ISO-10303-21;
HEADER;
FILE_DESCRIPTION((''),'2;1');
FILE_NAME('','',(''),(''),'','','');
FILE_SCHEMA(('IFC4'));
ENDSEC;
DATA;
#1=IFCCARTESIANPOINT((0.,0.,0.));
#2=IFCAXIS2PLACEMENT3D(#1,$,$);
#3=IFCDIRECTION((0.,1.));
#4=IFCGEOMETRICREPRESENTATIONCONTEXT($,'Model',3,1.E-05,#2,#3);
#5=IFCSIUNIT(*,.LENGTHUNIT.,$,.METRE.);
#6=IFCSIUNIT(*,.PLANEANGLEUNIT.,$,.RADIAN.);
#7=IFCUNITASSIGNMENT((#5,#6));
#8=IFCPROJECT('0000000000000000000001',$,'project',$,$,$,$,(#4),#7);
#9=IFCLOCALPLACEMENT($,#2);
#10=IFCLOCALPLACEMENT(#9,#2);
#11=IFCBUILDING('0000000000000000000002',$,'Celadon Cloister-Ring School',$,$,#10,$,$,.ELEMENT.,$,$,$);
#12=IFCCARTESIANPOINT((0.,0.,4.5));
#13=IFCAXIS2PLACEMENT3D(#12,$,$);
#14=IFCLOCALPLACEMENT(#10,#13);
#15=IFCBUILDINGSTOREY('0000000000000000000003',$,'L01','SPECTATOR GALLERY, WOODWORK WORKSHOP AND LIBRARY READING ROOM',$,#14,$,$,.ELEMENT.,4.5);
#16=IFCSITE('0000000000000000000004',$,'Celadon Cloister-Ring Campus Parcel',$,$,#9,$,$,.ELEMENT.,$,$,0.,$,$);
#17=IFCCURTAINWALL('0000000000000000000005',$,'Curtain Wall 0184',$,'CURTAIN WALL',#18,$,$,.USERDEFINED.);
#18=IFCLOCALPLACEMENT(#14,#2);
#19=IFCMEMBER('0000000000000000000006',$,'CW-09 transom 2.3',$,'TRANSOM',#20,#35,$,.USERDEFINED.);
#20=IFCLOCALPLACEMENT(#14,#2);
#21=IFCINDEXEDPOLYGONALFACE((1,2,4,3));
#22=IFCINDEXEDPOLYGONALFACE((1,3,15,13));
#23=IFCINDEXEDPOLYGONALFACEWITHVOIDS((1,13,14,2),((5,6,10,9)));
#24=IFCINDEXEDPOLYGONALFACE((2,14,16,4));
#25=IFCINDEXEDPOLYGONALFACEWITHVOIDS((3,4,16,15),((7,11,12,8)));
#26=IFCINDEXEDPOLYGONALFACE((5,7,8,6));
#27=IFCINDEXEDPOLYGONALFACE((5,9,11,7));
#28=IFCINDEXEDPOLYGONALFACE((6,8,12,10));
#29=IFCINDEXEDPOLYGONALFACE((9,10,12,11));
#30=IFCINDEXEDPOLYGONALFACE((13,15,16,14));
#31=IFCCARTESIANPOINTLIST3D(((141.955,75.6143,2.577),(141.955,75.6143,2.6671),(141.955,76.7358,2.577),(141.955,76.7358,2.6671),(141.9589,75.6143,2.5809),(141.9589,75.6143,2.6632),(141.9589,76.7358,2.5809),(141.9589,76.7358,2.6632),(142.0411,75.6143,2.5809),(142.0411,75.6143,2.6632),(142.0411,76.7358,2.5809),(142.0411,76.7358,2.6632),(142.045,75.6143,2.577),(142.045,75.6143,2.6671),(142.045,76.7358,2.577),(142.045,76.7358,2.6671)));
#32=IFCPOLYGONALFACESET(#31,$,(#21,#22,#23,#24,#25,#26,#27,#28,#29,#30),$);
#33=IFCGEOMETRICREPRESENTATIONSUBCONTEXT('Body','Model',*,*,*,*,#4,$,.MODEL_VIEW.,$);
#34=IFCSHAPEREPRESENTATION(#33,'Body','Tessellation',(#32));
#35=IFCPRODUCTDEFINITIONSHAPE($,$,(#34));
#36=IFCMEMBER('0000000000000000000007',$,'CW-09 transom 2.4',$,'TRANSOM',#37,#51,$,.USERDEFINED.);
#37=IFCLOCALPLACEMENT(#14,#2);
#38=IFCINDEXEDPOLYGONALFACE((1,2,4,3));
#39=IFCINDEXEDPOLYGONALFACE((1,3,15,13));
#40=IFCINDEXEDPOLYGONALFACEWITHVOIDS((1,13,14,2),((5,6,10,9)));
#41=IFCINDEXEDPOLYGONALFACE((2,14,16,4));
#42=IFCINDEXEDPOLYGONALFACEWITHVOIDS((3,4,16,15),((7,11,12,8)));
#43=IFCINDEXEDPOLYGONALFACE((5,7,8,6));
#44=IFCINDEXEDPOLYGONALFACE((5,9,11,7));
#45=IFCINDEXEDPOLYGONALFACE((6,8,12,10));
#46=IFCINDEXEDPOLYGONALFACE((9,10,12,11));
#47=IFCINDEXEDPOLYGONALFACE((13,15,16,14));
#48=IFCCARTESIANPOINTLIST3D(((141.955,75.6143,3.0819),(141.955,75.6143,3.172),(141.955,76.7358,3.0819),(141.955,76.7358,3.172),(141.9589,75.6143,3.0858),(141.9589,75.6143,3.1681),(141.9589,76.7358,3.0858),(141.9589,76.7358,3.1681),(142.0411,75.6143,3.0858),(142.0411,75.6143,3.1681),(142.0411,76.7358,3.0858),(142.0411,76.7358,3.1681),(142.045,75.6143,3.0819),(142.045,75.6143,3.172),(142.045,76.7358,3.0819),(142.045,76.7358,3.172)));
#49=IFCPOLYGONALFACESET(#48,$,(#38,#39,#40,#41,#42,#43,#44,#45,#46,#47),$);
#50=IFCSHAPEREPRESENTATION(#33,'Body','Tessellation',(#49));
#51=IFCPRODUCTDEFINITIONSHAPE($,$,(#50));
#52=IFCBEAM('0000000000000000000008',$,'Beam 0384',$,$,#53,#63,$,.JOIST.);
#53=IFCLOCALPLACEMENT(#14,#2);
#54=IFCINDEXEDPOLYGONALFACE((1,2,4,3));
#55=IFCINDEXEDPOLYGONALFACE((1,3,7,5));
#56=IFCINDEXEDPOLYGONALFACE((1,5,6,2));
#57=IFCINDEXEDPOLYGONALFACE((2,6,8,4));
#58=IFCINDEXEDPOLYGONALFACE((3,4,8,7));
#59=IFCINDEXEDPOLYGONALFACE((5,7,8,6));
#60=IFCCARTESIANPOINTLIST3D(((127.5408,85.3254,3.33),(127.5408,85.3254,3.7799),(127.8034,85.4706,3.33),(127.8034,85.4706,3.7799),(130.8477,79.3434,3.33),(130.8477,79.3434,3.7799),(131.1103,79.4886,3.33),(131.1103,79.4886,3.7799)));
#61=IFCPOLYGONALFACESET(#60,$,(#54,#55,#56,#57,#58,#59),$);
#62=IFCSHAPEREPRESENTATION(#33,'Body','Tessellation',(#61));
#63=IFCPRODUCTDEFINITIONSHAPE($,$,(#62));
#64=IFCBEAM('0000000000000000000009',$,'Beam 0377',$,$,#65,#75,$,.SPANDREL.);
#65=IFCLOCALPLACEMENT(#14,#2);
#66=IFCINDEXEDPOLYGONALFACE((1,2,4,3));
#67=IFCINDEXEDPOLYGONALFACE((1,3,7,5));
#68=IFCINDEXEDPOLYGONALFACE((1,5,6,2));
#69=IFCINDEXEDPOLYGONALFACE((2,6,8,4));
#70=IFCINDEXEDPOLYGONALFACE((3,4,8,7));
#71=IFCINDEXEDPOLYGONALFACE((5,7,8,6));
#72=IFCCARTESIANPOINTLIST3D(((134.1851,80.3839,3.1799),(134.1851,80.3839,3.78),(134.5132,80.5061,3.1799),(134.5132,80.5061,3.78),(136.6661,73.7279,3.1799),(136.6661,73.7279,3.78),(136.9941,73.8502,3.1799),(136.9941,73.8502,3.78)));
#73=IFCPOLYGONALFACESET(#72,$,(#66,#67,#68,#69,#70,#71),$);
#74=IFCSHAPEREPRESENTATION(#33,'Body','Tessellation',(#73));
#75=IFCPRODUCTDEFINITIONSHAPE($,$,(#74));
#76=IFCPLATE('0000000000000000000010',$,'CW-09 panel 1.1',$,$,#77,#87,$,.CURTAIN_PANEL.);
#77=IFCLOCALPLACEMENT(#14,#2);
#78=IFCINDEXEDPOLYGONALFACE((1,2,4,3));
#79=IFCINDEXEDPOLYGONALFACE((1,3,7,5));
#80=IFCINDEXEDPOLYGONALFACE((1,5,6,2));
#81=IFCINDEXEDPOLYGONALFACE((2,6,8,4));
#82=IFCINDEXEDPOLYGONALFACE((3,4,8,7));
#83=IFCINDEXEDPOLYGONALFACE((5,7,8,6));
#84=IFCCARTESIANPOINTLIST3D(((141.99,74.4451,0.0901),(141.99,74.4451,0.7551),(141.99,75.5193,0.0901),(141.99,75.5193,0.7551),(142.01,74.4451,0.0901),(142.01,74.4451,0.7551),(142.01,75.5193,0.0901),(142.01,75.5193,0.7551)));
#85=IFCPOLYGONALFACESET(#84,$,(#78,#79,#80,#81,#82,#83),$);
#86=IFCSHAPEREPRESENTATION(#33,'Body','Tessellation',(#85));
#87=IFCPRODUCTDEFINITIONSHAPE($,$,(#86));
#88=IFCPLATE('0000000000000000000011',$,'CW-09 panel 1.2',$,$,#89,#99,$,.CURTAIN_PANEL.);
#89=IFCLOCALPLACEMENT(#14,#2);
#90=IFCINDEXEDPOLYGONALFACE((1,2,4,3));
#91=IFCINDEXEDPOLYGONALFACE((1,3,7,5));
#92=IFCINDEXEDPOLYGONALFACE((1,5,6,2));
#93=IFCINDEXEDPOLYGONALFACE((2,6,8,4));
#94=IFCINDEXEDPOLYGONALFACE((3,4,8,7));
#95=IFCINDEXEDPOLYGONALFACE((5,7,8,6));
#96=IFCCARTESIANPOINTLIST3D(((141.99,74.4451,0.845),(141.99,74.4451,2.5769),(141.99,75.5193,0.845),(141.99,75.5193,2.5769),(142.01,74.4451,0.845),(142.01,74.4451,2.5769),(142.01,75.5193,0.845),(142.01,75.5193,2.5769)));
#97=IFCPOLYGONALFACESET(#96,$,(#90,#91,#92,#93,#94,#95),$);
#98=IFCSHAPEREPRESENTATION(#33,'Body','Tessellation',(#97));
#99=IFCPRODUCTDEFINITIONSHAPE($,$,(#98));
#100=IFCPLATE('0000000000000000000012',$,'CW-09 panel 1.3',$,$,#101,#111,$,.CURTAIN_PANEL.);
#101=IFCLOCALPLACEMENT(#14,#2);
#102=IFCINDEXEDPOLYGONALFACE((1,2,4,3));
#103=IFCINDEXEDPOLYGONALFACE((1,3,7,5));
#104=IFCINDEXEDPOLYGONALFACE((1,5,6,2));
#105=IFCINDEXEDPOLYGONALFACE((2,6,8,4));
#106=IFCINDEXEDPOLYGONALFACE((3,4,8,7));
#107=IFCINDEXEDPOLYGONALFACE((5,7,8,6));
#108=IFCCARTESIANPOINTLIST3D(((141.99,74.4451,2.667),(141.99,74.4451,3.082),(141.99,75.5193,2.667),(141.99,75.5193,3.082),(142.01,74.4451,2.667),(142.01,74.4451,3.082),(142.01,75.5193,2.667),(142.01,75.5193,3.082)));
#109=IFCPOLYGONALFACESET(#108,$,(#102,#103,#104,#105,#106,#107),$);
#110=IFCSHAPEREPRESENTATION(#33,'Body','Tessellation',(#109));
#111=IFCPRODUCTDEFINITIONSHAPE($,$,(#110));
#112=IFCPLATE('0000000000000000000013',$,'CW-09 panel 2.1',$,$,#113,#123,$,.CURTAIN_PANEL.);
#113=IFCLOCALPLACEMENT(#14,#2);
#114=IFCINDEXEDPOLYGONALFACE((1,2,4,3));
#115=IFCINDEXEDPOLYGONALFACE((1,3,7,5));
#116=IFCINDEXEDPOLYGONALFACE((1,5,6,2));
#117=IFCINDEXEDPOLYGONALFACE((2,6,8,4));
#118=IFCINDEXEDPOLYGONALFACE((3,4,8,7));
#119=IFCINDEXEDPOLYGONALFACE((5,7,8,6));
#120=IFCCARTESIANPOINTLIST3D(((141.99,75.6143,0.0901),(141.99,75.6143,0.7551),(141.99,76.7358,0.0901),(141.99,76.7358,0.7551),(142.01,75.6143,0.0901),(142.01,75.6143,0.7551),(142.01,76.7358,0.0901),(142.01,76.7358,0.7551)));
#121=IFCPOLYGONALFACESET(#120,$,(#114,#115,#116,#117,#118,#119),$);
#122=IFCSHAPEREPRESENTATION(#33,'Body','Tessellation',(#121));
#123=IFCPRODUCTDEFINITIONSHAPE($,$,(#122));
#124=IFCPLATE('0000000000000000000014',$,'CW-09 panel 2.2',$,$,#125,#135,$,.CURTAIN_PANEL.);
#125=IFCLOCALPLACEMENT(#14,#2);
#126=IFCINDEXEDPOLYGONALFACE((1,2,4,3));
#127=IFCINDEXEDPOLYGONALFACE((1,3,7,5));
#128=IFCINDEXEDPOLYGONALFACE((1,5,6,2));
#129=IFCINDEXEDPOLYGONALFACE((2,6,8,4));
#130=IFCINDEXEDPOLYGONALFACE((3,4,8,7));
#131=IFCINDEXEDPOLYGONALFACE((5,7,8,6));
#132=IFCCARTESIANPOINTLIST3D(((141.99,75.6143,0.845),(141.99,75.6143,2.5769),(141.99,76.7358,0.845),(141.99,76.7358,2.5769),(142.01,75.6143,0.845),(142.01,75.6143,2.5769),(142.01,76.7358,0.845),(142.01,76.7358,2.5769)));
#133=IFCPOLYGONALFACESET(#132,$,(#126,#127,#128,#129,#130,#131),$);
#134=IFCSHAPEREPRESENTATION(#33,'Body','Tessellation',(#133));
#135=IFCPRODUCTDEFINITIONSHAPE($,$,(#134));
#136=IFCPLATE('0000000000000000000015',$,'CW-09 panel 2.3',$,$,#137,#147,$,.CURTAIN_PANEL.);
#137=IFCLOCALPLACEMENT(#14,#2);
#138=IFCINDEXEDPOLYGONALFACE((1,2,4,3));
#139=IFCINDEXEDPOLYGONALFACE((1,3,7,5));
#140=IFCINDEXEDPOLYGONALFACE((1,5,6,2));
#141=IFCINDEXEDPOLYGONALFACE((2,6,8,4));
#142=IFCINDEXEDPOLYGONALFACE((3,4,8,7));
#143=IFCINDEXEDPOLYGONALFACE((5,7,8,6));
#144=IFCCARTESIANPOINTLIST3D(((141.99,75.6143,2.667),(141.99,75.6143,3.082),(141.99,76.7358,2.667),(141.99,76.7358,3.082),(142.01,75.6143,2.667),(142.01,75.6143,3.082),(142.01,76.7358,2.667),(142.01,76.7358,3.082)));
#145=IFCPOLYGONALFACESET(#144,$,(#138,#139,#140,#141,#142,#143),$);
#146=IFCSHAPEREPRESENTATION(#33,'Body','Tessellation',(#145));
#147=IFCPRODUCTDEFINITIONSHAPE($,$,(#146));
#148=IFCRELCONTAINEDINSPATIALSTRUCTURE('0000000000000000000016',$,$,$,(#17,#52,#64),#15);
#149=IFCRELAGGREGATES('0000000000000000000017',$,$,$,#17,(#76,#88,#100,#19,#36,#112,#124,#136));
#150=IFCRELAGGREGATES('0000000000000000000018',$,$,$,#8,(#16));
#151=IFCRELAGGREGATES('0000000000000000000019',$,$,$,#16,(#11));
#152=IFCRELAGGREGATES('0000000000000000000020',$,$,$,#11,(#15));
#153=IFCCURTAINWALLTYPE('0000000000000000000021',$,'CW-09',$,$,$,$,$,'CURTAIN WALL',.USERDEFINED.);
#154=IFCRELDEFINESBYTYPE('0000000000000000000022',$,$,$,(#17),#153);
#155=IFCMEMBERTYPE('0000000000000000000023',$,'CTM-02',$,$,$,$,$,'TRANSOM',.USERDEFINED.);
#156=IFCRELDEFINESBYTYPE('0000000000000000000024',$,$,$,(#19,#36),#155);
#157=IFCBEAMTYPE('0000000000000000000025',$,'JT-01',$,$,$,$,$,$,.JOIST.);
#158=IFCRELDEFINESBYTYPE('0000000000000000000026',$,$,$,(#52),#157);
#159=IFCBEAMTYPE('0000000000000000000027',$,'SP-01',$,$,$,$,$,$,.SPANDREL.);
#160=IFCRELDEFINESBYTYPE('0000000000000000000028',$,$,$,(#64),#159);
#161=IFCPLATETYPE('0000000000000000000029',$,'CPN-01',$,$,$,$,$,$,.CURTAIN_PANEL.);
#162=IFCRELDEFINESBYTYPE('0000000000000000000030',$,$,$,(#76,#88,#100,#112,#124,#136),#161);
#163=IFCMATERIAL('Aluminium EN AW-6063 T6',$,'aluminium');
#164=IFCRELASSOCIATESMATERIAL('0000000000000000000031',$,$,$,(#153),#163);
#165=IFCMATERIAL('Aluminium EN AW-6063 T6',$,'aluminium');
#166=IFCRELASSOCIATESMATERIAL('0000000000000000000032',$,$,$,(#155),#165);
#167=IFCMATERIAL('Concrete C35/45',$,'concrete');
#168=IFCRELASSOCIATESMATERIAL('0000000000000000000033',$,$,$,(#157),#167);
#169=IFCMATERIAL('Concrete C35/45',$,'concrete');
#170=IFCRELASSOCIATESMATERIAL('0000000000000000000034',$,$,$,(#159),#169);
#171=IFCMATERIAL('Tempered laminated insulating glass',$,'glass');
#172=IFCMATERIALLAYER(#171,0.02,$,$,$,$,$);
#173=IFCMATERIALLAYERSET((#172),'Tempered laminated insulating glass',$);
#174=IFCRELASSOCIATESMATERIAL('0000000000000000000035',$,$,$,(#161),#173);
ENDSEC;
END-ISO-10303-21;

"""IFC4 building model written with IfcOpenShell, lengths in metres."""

from ifc_helpers import new_model, si_unit, direction, frame, origin, origin_2d, place, context, subcontext, project, spatial, rectangle, hollow_rectangle, extrude, material, layer, layer_set, material_profile, profile_set, type_object, element, aggregate, save


model = new_model("IFC4")

# Units and contexts
model_context = context("Model", 3, precision=1e-05, world=origin(), true_north=direction((0.0, 1.0)))
body_context = subcontext(model_context, "Body", "Model", "MODEL_VIEW")
ifc_project = project(units=[si_unit("LENGTHUNIT", "METRE"), si_unit("PLANEANGLEUNIT", "RADIAN")], contexts=[model_context])

# Site, building, storey
site_placement = place(None, origin())
site = spatial("IfcSite", under=ifc_project, at=site_placement, Name="Celadon Cloister-Ring Campus Parcel", CompositionType="ELEMENT", RefElevation=0.0)
building_placement = place(site_placement, origin())
building = spatial("IfcBuilding", under=site, at=building_placement, Name="Celadon Cloister-Ring School", CompositionType="ELEMENT")
storey_placement = place(building_placement, frame((0.0, 0.0, 4.5)))
storey = spatial("IfcBuildingStorey", under=building, at=storey_placement, Name="L01", Description="SPECTATOR GALLERY, WOODWORK WORKSHOP AND LIBRARY READING ROOM", CompositionType="ELEMENT", Elevation=4.5)

# Curtain wall, members
ifc_material_1 = material(Name="Aluminium EN AW-6063 T6", Category="aluminium")
curtain_wall_type = type_object("IfcCurtainWallType", Name="CW-09", ElementType="CURTAIN WALL", PredefinedType="USERDEFINED", material=ifc_material_1)
curtain_wall_placement = place(storey_placement, origin())
curtain_wall = element("IfcCurtainWall", 1, at=curtain_wall_placement, inside=storey, type_object=curtain_wall_type, Name="Curtain Wall 0184", ObjectType="CURTAIN WALL", PredefinedType="USERDEFINED")
ifc_material_2 = material(Name="Aluminium EN AW-6063 T6", Category="aluminium")
ifc_material_profile_1 = material_profile(ifc_material_2, hollow_rectangle(XDim=0.0901, YDim=0.0901, WallThickness=0.0039, at=origin_2d()), Name="RHS90X90X4")
ifc_profile_set_1 = profile_set([ifc_material_profile_1], Name="Aluminium EN AW-6063 T6")
member_type_1 = type_object("IfcMemberType", Name="CTM-02", ElementType="TRANSOM", PredefinedType="USERDEFINED", material=ifc_profile_set_1)
member_1_placement = place(storey_placement, frame((142.0, 75.6143, 2.6221), z_axis=(0.0, 1.0, 0.0), x_axis=(-1.0, 0.0, 0.0)))
member_1 = element("IfcMember", 2, at=member_1_placement, type_object=member_type_1, Name="CW-09 transom 2.3", ObjectType="TRANSOM", PredefinedType="USERDEFINED", context=body_context, shape_type="SweptSolid", body=[
    extrude(hollow_rectangle(XDim=0.0901, YDim=0.0901, WallThickness=0.0039, at=origin_2d()), origin(), (0.0, 0.0, 1.0), 1.1216),
])
member_2_placement = place(storey_placement, frame((142.0, 75.6143, 3.127), z_axis=(0.0, 1.0, 0.0), x_axis=(-1.0, 0.0, 0.0)))
member_2 = element("IfcMember", 3, at=member_2_placement, type_object=member_type_1, Name="CW-09 transom 2.4", ObjectType="TRANSOM", PredefinedType="USERDEFINED", context=body_context, shape_type="SweptSolid", body=[
    extrude(hollow_rectangle(XDim=0.0901, YDim=0.0901, WallThickness=0.0039, at=origin_2d()), origin(), (0.0, 0.0, 1.0), 1.1216),
])

# Beams
ifc_material_3 = material(Name="Concrete C35/45", Category="concrete")
ifc_material_profile_2 = material_profile(ifc_material_3, rectangle(XDim=0.3, YDim=0.45, at=origin_2d()), Name="RC300X450")
ifc_profile_set_2 = profile_set([ifc_material_profile_2], Name="Concrete C35/45")
beam_type_1 = type_object("IfcBeamType", Name="JT-01", PredefinedType="JOIST", material=ifc_profile_set_2)
beam_1_placement = place(storey_placement, frame((130.979, 79.416, 3.5549), z_axis=(-0.483807, 0.875175, 0.0), x_axis=(-0.875175, -0.483807, 0.0)))
element("IfcBeam", 4, at=beam_1_placement, inside=storey, type_object=beam_type_1, Name="Beam 0384", PredefinedType="JOIST", context=body_context, shape_type="SweptSolid", body=[
    extrude(rectangle(XDim=0.3, YDim=0.45, at=origin_2d()), origin(), (0.0, 0.0, 1.0), 6.8352),
])
ifc_material_4 = material(Name="Concrete C35/45", Category="concrete")
ifc_material_profile_3 = material_profile(ifc_material_4, rectangle(XDim=0.3501, YDim=0.6001, at=origin_2d()), Name="RC350X600")
ifc_profile_set_3 = profile_set([ifc_material_profile_3], Name="Concrete C35/45")
beam_type_2 = type_object("IfcBeamType", Name="SP-01", PredefinedType="SPANDREL", material=ifc_profile_set_3)
beam_2_placement = place(storey_placement, frame((136.8301, 73.7891, 3.48), z_axis=(-0.349266, 0.937024, 0.0), x_axis=(-0.937024, -0.349266, 0.0)))
element("IfcBeam", 5, at=beam_2_placement, inside=storey, type_object=beam_type_2, Name="Beam 0377", PredefinedType="SPANDREL", context=body_context, shape_type="SweptSolid", body=[
    extrude(rectangle(XDim=0.3501, YDim=0.6001, at=origin_2d()), origin(), (0.0, 0.0, 1.0), 7.1033),
])

# Plates
ifc_material_5 = material(Name="Tempered laminated insulating glass", Category="glass")
ifc_layer_1 = layer(ifc_material_5, 0.02)
ifc_layer_set_1 = layer_set([ifc_layer_1], Name="Tempered laminated insulating glass")
plate_type = type_object("IfcPlateType", Name="CPN-01", PredefinedType="CURTAIN_PANEL", material=ifc_layer_set_1)
plate_1_placement = place(storey_placement, frame((142.0, 74.9822, 0.0901), z_axis=(0.0, 0.0, 1.0), x_axis=(0.0, 1.0, 0.0)))
plate_1 = element("IfcPlate", 6, at=plate_1_placement, type_object=plate_type, Name="CW-09 panel 1.1", PredefinedType="CURTAIN_PANEL", context=body_context, shape_type="SweptSolid", body=[
    extrude(rectangle(XDim=1.0742, YDim=0.02, at=origin_2d()), origin(), (0.0, 0.0, 1.0), 0.665),
])
plate_2_placement = place(storey_placement, frame((142.0, 74.9822, 0.845), z_axis=(0.0, 0.0, 1.0), x_axis=(0.0, 1.0, 0.0)))
plate_2 = element("IfcPlate", 7, at=plate_2_placement, type_object=plate_type, Name="CW-09 panel 1.2", PredefinedType="CURTAIN_PANEL", context=body_context, shape_type="SweptSolid", body=[
    extrude(rectangle(XDim=1.0742, YDim=0.02, at=origin_2d()), origin(), (0.0, 0.0, 1.0), 1.7319),
])
plate_3_placement = place(storey_placement, frame((142.0, 74.9822, 2.667), z_axis=(0.0, 0.0, 1.0), x_axis=(0.0, 1.0, 0.0)))
plate_3 = element("IfcPlate", 8, at=plate_3_placement, type_object=plate_type, Name="CW-09 panel 1.3", PredefinedType="CURTAIN_PANEL", context=body_context, shape_type="SweptSolid", body=[
    extrude(rectangle(XDim=1.0742, YDim=0.02, at=origin_2d()), origin(), (0.0, 0.0, 1.0), 0.415),
])
plate_4_placement = place(storey_placement, frame((142.0, 76.175, 0.0901), z_axis=(0.0, 0.0, 1.0), x_axis=(0.0, 1.0, 0.0)))
plate_4 = element("IfcPlate", 9, at=plate_4_placement, type_object=plate_type, Name="CW-09 panel 2.1", PredefinedType="CURTAIN_PANEL", context=body_context, shape_type="SweptSolid", body=[
    extrude(rectangle(XDim=1.1216, YDim=0.02, at=origin_2d()), origin(), (0.0, 0.0, 1.0), 0.665),
])
plate_5_placement = place(storey_placement, frame((142.0, 76.175, 0.845), z_axis=(0.0, 0.0, 1.0), x_axis=(0.0, 1.0, 0.0)))
plate_5 = element("IfcPlate", 10, at=plate_5_placement, type_object=plate_type, Name="CW-09 panel 2.2", PredefinedType="CURTAIN_PANEL", context=body_context, shape_type="SweptSolid", body=[
    extrude(rectangle(XDim=1.1216, YDim=0.02, at=origin_2d()), origin(), (0.0, 0.0, 1.0), 1.7319),
])
plate_6_placement = place(storey_placement, frame((142.0, 76.175, 2.667), z_axis=(0.0, 0.0, 1.0), x_axis=(0.0, 1.0, 0.0)))
plate_6 = element("IfcPlate", 11, at=plate_6_placement, type_object=plate_type, Name="CW-09 panel 2.3", PredefinedType="CURTAIN_PANEL", context=body_context, shape_type="SweptSolid", body=[
    extrude(rectangle(XDim=1.1216, YDim=0.02, at=origin_2d()), origin(), (0.0, 0.0, 1.0), 0.415),
])
aggregate(curtain_wall, [plate_1, plate_2, plate_3, member_1, member_2, plate_4, plate_5, plate_6])

save(model, "model.ifc")
